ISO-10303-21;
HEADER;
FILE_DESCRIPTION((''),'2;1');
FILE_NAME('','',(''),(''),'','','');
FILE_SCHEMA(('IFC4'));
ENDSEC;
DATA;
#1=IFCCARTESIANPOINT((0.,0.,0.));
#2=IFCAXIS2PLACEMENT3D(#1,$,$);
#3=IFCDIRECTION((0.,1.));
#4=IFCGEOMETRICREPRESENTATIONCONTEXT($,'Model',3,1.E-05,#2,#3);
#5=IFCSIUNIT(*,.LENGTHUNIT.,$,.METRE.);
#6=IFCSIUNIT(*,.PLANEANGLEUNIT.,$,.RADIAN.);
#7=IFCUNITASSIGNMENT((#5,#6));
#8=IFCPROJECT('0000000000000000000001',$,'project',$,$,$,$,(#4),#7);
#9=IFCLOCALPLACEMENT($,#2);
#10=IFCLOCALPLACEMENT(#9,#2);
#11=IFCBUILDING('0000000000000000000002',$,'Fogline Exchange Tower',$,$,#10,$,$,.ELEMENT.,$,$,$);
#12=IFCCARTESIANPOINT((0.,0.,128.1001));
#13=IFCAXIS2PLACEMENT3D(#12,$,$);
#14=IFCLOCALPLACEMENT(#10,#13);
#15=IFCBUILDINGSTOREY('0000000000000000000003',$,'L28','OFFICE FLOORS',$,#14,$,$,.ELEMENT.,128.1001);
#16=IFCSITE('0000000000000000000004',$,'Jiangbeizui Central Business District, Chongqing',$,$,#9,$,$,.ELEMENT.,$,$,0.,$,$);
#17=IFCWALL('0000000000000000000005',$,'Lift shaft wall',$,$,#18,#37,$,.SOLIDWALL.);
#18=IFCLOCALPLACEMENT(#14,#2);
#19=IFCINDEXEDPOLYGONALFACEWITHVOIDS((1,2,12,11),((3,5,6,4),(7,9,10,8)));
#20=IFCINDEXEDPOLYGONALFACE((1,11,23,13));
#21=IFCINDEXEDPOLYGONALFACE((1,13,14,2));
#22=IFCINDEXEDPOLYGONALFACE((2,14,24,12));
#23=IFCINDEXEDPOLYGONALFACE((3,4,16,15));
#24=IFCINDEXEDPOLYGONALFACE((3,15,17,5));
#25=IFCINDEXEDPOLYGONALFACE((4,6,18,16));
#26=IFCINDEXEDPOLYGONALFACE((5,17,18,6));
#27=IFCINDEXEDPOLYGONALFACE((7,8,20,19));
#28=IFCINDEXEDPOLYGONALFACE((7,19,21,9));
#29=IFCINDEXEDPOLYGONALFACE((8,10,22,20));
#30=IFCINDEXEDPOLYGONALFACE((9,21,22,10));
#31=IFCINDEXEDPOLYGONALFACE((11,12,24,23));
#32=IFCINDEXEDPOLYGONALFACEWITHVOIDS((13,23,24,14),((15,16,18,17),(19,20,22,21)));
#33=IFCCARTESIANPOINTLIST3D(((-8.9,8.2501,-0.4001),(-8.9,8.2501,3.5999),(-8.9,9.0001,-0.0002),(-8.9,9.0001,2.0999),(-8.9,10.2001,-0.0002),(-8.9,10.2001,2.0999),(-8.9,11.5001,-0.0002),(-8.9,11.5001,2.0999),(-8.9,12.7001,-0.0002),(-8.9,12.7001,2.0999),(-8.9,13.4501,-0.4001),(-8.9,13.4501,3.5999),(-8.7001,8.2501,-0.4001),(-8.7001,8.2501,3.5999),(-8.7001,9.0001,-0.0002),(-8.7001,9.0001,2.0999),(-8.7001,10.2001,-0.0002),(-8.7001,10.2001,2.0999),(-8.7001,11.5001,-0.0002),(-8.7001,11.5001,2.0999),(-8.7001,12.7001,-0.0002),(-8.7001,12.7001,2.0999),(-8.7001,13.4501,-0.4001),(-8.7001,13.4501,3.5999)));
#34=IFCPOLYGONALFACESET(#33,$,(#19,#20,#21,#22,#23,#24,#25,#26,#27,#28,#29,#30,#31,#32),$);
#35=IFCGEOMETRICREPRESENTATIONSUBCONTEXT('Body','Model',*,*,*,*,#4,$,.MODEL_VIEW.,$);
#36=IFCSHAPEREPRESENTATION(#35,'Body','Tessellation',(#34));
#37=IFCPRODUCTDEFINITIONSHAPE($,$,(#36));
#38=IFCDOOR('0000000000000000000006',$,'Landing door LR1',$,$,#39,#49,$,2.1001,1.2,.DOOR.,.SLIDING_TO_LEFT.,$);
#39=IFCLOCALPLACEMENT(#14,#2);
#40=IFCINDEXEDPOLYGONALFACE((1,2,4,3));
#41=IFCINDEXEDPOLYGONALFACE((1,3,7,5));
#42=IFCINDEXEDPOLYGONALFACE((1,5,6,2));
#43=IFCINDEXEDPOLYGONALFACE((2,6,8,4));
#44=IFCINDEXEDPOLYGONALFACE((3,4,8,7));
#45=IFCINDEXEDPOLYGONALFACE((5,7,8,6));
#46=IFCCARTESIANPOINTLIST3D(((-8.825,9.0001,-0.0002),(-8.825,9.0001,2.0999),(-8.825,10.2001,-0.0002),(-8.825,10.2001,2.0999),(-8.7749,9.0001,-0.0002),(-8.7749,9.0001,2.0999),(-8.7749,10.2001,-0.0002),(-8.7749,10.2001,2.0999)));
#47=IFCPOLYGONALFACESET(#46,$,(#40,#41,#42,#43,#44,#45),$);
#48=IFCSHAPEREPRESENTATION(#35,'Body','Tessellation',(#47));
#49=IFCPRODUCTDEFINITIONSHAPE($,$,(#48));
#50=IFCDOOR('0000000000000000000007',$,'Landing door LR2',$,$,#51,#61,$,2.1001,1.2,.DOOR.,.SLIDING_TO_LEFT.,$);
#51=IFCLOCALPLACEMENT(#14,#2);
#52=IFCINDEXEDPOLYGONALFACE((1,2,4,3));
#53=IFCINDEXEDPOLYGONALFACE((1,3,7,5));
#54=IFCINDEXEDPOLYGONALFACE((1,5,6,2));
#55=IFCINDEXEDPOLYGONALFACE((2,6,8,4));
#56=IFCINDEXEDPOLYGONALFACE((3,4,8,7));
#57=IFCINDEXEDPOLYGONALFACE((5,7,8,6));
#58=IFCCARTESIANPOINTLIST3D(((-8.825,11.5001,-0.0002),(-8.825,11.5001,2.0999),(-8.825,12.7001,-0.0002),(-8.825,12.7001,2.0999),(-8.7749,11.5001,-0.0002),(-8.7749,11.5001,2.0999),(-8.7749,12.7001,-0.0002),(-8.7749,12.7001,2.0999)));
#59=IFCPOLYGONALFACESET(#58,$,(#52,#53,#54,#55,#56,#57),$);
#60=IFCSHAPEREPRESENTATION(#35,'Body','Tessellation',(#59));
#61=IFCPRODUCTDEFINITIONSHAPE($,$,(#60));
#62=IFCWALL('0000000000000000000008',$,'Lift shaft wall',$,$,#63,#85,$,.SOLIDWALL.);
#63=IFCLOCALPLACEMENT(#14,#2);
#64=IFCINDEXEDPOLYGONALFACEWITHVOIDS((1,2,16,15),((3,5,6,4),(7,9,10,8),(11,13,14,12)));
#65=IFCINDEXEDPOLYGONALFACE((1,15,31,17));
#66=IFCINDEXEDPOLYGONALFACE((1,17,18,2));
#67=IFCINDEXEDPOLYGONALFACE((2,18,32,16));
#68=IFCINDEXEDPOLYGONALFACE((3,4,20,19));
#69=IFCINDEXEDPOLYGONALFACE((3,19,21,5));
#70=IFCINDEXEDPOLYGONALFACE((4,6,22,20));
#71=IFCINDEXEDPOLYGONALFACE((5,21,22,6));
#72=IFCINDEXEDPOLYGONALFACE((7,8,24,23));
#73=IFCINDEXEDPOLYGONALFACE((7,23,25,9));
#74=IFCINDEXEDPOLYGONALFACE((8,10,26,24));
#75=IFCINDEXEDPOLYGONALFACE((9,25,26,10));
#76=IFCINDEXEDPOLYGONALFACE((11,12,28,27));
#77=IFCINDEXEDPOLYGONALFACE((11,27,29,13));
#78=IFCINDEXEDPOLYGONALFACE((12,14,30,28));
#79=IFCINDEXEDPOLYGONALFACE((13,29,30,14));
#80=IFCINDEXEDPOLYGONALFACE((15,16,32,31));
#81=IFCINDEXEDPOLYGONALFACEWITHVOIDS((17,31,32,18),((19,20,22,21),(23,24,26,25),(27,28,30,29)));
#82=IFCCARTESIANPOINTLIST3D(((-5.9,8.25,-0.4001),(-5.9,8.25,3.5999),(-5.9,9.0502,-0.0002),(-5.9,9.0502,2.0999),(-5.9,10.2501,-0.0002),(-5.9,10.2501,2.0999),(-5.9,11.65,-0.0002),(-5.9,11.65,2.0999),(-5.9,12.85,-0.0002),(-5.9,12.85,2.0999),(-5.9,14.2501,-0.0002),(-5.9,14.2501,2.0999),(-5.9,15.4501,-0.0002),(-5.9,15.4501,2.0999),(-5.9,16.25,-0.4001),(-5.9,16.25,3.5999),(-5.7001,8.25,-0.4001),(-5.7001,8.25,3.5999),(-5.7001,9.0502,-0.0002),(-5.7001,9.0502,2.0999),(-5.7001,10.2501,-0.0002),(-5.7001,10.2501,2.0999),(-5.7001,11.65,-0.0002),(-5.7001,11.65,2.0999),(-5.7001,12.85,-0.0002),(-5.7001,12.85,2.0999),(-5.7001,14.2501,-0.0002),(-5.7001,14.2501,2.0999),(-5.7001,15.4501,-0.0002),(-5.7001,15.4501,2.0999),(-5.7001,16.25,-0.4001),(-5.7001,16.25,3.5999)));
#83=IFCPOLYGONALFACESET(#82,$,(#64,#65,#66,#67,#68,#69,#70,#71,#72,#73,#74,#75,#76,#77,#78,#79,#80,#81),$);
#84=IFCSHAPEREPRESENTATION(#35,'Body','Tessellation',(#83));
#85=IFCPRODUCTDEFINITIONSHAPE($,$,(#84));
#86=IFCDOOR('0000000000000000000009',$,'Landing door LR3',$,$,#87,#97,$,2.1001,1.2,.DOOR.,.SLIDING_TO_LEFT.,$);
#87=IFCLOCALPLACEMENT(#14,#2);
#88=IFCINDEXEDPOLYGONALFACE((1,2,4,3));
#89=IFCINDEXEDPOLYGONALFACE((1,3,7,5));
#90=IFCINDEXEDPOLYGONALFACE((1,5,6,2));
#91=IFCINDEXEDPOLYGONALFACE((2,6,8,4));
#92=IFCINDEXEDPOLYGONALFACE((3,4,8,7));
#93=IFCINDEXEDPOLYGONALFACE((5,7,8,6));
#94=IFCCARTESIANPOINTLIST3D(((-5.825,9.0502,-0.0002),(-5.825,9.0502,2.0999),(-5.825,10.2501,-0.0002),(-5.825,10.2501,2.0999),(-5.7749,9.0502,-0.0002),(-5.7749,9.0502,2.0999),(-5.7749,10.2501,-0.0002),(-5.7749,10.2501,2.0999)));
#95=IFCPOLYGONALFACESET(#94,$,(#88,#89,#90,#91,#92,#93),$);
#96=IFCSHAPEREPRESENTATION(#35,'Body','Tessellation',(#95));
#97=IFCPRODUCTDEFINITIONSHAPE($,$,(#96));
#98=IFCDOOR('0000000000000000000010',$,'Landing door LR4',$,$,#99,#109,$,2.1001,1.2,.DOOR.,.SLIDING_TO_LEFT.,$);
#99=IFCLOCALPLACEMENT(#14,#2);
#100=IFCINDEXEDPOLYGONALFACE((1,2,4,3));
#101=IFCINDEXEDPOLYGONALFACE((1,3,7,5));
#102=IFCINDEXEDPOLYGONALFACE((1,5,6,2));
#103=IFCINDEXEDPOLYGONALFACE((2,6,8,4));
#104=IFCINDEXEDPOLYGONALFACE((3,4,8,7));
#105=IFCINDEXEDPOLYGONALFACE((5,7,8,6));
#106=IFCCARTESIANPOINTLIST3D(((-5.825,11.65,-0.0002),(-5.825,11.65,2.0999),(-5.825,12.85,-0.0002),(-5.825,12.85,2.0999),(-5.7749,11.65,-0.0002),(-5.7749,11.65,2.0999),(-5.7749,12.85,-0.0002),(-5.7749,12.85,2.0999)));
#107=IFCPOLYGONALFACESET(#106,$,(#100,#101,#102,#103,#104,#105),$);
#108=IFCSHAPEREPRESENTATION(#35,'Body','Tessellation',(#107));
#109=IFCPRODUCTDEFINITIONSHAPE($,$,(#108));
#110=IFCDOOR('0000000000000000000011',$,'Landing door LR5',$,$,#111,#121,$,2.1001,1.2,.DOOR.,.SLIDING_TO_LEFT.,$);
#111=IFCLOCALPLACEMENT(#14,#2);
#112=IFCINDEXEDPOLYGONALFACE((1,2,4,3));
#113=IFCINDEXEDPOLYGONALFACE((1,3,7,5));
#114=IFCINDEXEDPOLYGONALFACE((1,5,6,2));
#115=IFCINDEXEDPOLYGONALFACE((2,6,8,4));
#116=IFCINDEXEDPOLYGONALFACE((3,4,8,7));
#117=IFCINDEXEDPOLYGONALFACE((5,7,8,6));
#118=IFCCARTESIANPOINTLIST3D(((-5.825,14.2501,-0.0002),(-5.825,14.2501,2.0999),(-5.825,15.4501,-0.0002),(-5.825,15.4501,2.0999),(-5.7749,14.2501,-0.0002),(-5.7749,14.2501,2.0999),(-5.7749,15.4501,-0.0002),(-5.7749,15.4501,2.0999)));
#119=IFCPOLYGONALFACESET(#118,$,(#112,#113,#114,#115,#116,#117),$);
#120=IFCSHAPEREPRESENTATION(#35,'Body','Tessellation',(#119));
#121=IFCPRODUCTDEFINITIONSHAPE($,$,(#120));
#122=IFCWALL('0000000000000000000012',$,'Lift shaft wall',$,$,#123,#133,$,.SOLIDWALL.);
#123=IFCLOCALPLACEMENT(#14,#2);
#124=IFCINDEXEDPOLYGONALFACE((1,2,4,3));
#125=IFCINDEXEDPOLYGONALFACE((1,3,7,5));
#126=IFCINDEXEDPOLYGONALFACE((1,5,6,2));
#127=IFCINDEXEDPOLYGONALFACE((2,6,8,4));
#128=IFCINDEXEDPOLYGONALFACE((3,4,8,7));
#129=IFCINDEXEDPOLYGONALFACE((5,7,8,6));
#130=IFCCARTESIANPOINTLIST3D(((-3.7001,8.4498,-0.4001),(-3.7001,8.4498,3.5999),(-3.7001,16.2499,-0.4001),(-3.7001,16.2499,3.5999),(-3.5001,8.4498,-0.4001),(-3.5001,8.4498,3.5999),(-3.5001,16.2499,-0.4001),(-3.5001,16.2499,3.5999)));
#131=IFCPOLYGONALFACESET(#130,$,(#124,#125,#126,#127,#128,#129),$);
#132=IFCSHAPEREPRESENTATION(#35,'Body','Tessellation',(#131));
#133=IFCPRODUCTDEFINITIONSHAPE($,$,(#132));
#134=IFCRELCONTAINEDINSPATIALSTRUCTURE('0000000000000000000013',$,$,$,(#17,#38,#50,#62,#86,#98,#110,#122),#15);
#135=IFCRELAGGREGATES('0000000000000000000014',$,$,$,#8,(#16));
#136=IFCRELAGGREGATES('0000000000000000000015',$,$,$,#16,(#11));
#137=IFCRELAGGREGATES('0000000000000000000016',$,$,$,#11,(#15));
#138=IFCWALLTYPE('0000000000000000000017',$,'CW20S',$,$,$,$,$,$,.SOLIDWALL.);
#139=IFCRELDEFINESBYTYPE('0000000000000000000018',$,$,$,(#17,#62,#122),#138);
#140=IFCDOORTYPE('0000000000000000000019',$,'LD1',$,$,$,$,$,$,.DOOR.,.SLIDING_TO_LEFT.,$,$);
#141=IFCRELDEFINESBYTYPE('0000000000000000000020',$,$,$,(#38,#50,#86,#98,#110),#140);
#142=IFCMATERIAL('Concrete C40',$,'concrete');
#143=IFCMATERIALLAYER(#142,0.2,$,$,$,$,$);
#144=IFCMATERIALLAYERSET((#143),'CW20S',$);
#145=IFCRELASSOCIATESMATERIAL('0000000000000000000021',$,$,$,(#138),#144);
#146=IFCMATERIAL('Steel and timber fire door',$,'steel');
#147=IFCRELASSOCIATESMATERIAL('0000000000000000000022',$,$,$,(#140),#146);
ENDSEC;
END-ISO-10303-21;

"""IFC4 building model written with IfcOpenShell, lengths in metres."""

from ifc_helpers import new_model, si_unit, direction, frame, frame_2d, origin, place, context, subcontext, project, spatial, rectangle, extrude, material, layer, layer_set, type_object, element, fill, save


model = new_model("IFC4")

# Units and contexts
model_context = context("Model", 3, precision=1e-05, world=origin(), true_north=direction((0.0, 1.0)))
body_context = subcontext(model_context, "Body", "Model", "MODEL_VIEW")
ifc_project = project(units=[si_unit("LENGTHUNIT", "METRE"), si_unit("PLANEANGLEUNIT", "RADIAN")], contexts=[model_context])

# Site, building, storey
site_placement = place(None, origin())
site = spatial("IfcSite", under=ifc_project, at=site_placement, Name="Jiangbeizui Central Business District, Chongqing", CompositionType="ELEMENT", RefElevation=0.0)
building_placement = place(site_placement, origin())
building = spatial("IfcBuilding", under=site, at=building_placement, Name="Fogline Exchange Tower", CompositionType="ELEMENT")
storey_placement = place(building_placement, frame((0.0, 0.0, 128.1001)))
storey = spatial("IfcBuildingStorey", under=building, at=storey_placement, Name="L28", Description="OFFICE FLOORS", CompositionType="ELEMENT", Elevation=128.1001)

# Shared definitions
ifc_material_1 = material(Name="Steel and timber fire door", Category="steel")

# Shared definitions
ifc_material_2 = material(Name="Concrete C40", Category="concrete")

# Walls, openings, doors
ifc_layer_1 = layer(ifc_material_2, 0.2)
ifc_layer_set_1 = layer_set([ifc_layer_1], Name="CW20S")
wall_type_1 = type_object("IfcWallType", Name="CW20S", PredefinedType="SOLIDWALL", material=ifc_layer_set_1)
wall_1_placement = place(storey_placement, frame((-8.8, 8.25, -0.4001), z_axis=(0.0, 0.0, 1.0), x_axis=(0.0, 1.0, 0.0)))
wall_1 = element("IfcWall", 1, at=wall_1_placement, inside=storey, type_object=wall_type_1, Name="Lift shaft wall", PredefinedType="SOLIDWALL", context=body_context, shape_type="SweptSolid", body=[
    extrude(rectangle(XDim=5.2, YDim=0.2, at=frame_2d((2.6001, 0.0))), origin(), (0.0, 0.0, 1.0), 4.0),
])
opening_1_placement = place(wall_1_placement, frame((0.75, 0.0, 0.3999)))
opening_1 = element("IfcOpeningElement", 2, at=opening_1_placement, cuts=wall_1, PredefinedType="OPENING", context=body_context, shape_type="SweptSolid", body=[
    extrude(rectangle(XDim=1.2, YDim=2.1001, at=frame_2d((0.6001, 1.05))), frame((0.0, 0.1099, 0.0), z_axis=(0.0, -1.0, 0.0), x_axis=(1.0, 0.0, 0.0)), (0.0, 0.0, 1.0), 0.22),
])
opening_2_placement = place(wall_1_placement, frame((3.25, 0.0, 0.3999)))
opening_2 = element("IfcOpeningElement", 3, at=opening_2_placement, cuts=wall_1, PredefinedType="OPENING", context=body_context, shape_type="SweptSolid", body=[
    extrude(rectangle(XDim=1.2, YDim=2.1001, at=frame_2d((0.6001, 1.05))), frame((0.0, 0.1099, 0.0), z_axis=(0.0, -1.0, 0.0), x_axis=(1.0, 0.0, 0.0)), (0.0, 0.0, 1.0), 0.22),
])
door_type_1 = type_object("IfcDoorType", Name="LD1", OperationType="SLIDING_TO_LEFT", PredefinedType="DOOR", material=ifc_material_1)
door_1_placement = place(opening_1_placement, origin())
door_1 = element("IfcDoor", 4, at=door_1_placement, inside=storey, type_object=door_type_1, Name="Landing door LR1", OperationType="SLIDING_TO_LEFT", OverallHeight=2.1001, OverallWidth=1.2, PredefinedType="DOOR", context=body_context, shape_type="SweptSolid", body=[
    extrude(rectangle(XDim=1.2, YDim=2.1001, at=frame_2d((0.6001, 1.05))), frame((0.0, 0.0249, 0.0), z_axis=(0.0, -1.0, 0.0), x_axis=(1.0, 0.0, 0.0)), (0.0, 0.0, 1.0), 0.05),
])
fill(opening_1, door_1)
door_2_placement = place(opening_2_placement, origin())
door_2 = element("IfcDoor", 5, at=door_2_placement, inside=storey, type_object=door_type_1, Name="Landing door LR2", OperationType="SLIDING_TO_LEFT", OverallHeight=2.1001, OverallWidth=1.2, PredefinedType="DOOR", context=body_context, shape_type="SweptSolid", body=[
    extrude(rectangle(XDim=1.2, YDim=2.1001, at=frame_2d((0.6001, 1.05))), frame((0.0, 0.0249, 0.0), z_axis=(0.0, -1.0, 0.0), x_axis=(1.0, 0.0, 0.0)), (0.0, 0.0, 1.0), 0.05),
])
fill(opening_2, door_2)
wall_2_placement = place(storey_placement, frame((-5.8, 8.25, -0.4001), z_axis=(0.0, 0.0, 1.0), x_axis=(0.0, 1.0, 0.0)))
wall_2 = element("IfcWall", 6, at=wall_2_placement, inside=storey, type_object=wall_type_1, Name="Lift shaft wall", PredefinedType="SOLIDWALL", context=body_context, shape_type="SweptSolid", body=[
    extrude(rectangle(XDim=8.0, YDim=0.2, at=frame_2d((4.0, 0.0))), origin(), (0.0, 0.0, 1.0), 4.0),
])
opening_3_placement = place(wall_2_placement, frame((0.8, 0.0, 0.3999)))
opening_3 = element("IfcOpeningElement", 7, at=opening_3_placement, cuts=wall_2, PredefinedType="OPENING", context=body_context, shape_type="SweptSolid", body=[
    extrude(rectangle(XDim=1.2, YDim=2.1001, at=frame_2d((0.6001, 1.05))), frame((0.0, 0.1099, 0.0), z_axis=(0.0, -1.0, 0.0), x_axis=(1.0, 0.0, 0.0)), (0.0, 0.0, 1.0), 0.22),
])
opening_4_placement = place(wall_2_placement, frame((3.3999, 0.0, 0.3999)))
opening_4 = element("IfcOpeningElement", 8, at=opening_4_placement, cuts=wall_2, PredefinedType="OPENING", context=body_context, shape_type="SweptSolid", body=[
    extrude(rectangle(XDim=1.2, YDim=2.1001, at=frame_2d((0.6001, 1.05))), frame((0.0, 0.1099, 0.0), z_axis=(0.0, -1.0, 0.0), x_axis=(1.0, 0.0, 0.0)), (0.0, 0.0, 1.0), 0.22),
])
opening_5_placement = place(wall_2_placement, frame((6.0, 0.0, 0.3999)))
opening_5 = element("IfcOpeningElement", 9, at=opening_5_placement, cuts=wall_2, PredefinedType="OPENING", context=body_context, shape_type="SweptSolid", body=[
    extrude(rectangle(XDim=1.2, YDim=2.1001, at=frame_2d((0.6001, 1.05))), frame((0.0, 0.1099, 0.0), z_axis=(0.0, -1.0, 0.0), x_axis=(1.0, 0.0, 0.0)), (0.0, 0.0, 1.0), 0.22),
])
door_3_placement = place(opening_3_placement, origin())
door_3 = element("IfcDoor", 10, at=door_3_placement, inside=storey, type_object=door_type_1, Name="Landing door LR3", OperationType="SLIDING_TO_LEFT", OverallHeight=2.1001, OverallWidth=1.2, PredefinedType="DOOR", context=body_context, shape_type="SweptSolid", body=[
    extrude(rectangle(XDim=1.2, YDim=2.1001, at=frame_2d((0.6001, 1.05))), frame((0.0, 0.0249, 0.0), z_axis=(0.0, -1.0, 0.0), x_axis=(1.0, 0.0, 0.0)), (0.0, 0.0, 1.0), 0.05),
])
fill(opening_3, door_3)
door_4_placement = place(opening_4_placement, origin())
door_4 = element("IfcDoor", 11, at=door_4_placement, inside=storey, type_object=door_type_1, Name="Landing door LR4", OperationType="SLIDING_TO_LEFT", OverallHeight=2.1001, OverallWidth=1.2, PredefinedType="DOOR", context=body_context, shape_type="SweptSolid", body=[
    extrude(rectangle(XDim=1.2, YDim=2.1001, at=frame_2d((0.6001, 1.05))), frame((0.0, 0.0249, 0.0), z_axis=(0.0, -1.0, 0.0), x_axis=(1.0, 0.0, 0.0)), (0.0, 0.0, 1.0), 0.05),
])
fill(opening_4, door_4)
door_5_placement = place(opening_5_placement, origin())
door_5 = element("IfcDoor", 12, at=door_5_placement, inside=storey, type_object=door_type_1, Name="Landing door LR5", OperationType="SLIDING_TO_LEFT", OverallHeight=2.1001, OverallWidth=1.2, PredefinedType="DOOR", context=body_context, shape_type="SweptSolid", body=[
    extrude(rectangle(XDim=1.2, YDim=2.1001, at=frame_2d((0.6001, 1.05))), frame((0.0, 0.0249, 0.0), z_axis=(0.0, -1.0, 0.0), x_axis=(1.0, 0.0, 0.0)), (0.0, 0.0, 1.0), 0.05),
])
fill(opening_5, door_5)

# Wall
wall_3_placement = place(storey_placement, frame((-3.6001, 8.45, -0.4001), z_axis=(0.0, 0.0, 1.0), x_axis=(0.0, 1.0, 0.0)))
element("IfcWall", 13, at=wall_3_placement, inside=storey, type_object=wall_type_1, Name="Lift shaft wall", PredefinedType="SOLIDWALL", context=body_context, shape_type="SweptSolid", body=[
    extrude(rectangle(XDim=7.8, YDim=0.2, at=frame_2d((3.8999, 0.0))), origin(), (0.0, 0.0, 1.0), 4.0),
])

save(model, "model.ifc")
